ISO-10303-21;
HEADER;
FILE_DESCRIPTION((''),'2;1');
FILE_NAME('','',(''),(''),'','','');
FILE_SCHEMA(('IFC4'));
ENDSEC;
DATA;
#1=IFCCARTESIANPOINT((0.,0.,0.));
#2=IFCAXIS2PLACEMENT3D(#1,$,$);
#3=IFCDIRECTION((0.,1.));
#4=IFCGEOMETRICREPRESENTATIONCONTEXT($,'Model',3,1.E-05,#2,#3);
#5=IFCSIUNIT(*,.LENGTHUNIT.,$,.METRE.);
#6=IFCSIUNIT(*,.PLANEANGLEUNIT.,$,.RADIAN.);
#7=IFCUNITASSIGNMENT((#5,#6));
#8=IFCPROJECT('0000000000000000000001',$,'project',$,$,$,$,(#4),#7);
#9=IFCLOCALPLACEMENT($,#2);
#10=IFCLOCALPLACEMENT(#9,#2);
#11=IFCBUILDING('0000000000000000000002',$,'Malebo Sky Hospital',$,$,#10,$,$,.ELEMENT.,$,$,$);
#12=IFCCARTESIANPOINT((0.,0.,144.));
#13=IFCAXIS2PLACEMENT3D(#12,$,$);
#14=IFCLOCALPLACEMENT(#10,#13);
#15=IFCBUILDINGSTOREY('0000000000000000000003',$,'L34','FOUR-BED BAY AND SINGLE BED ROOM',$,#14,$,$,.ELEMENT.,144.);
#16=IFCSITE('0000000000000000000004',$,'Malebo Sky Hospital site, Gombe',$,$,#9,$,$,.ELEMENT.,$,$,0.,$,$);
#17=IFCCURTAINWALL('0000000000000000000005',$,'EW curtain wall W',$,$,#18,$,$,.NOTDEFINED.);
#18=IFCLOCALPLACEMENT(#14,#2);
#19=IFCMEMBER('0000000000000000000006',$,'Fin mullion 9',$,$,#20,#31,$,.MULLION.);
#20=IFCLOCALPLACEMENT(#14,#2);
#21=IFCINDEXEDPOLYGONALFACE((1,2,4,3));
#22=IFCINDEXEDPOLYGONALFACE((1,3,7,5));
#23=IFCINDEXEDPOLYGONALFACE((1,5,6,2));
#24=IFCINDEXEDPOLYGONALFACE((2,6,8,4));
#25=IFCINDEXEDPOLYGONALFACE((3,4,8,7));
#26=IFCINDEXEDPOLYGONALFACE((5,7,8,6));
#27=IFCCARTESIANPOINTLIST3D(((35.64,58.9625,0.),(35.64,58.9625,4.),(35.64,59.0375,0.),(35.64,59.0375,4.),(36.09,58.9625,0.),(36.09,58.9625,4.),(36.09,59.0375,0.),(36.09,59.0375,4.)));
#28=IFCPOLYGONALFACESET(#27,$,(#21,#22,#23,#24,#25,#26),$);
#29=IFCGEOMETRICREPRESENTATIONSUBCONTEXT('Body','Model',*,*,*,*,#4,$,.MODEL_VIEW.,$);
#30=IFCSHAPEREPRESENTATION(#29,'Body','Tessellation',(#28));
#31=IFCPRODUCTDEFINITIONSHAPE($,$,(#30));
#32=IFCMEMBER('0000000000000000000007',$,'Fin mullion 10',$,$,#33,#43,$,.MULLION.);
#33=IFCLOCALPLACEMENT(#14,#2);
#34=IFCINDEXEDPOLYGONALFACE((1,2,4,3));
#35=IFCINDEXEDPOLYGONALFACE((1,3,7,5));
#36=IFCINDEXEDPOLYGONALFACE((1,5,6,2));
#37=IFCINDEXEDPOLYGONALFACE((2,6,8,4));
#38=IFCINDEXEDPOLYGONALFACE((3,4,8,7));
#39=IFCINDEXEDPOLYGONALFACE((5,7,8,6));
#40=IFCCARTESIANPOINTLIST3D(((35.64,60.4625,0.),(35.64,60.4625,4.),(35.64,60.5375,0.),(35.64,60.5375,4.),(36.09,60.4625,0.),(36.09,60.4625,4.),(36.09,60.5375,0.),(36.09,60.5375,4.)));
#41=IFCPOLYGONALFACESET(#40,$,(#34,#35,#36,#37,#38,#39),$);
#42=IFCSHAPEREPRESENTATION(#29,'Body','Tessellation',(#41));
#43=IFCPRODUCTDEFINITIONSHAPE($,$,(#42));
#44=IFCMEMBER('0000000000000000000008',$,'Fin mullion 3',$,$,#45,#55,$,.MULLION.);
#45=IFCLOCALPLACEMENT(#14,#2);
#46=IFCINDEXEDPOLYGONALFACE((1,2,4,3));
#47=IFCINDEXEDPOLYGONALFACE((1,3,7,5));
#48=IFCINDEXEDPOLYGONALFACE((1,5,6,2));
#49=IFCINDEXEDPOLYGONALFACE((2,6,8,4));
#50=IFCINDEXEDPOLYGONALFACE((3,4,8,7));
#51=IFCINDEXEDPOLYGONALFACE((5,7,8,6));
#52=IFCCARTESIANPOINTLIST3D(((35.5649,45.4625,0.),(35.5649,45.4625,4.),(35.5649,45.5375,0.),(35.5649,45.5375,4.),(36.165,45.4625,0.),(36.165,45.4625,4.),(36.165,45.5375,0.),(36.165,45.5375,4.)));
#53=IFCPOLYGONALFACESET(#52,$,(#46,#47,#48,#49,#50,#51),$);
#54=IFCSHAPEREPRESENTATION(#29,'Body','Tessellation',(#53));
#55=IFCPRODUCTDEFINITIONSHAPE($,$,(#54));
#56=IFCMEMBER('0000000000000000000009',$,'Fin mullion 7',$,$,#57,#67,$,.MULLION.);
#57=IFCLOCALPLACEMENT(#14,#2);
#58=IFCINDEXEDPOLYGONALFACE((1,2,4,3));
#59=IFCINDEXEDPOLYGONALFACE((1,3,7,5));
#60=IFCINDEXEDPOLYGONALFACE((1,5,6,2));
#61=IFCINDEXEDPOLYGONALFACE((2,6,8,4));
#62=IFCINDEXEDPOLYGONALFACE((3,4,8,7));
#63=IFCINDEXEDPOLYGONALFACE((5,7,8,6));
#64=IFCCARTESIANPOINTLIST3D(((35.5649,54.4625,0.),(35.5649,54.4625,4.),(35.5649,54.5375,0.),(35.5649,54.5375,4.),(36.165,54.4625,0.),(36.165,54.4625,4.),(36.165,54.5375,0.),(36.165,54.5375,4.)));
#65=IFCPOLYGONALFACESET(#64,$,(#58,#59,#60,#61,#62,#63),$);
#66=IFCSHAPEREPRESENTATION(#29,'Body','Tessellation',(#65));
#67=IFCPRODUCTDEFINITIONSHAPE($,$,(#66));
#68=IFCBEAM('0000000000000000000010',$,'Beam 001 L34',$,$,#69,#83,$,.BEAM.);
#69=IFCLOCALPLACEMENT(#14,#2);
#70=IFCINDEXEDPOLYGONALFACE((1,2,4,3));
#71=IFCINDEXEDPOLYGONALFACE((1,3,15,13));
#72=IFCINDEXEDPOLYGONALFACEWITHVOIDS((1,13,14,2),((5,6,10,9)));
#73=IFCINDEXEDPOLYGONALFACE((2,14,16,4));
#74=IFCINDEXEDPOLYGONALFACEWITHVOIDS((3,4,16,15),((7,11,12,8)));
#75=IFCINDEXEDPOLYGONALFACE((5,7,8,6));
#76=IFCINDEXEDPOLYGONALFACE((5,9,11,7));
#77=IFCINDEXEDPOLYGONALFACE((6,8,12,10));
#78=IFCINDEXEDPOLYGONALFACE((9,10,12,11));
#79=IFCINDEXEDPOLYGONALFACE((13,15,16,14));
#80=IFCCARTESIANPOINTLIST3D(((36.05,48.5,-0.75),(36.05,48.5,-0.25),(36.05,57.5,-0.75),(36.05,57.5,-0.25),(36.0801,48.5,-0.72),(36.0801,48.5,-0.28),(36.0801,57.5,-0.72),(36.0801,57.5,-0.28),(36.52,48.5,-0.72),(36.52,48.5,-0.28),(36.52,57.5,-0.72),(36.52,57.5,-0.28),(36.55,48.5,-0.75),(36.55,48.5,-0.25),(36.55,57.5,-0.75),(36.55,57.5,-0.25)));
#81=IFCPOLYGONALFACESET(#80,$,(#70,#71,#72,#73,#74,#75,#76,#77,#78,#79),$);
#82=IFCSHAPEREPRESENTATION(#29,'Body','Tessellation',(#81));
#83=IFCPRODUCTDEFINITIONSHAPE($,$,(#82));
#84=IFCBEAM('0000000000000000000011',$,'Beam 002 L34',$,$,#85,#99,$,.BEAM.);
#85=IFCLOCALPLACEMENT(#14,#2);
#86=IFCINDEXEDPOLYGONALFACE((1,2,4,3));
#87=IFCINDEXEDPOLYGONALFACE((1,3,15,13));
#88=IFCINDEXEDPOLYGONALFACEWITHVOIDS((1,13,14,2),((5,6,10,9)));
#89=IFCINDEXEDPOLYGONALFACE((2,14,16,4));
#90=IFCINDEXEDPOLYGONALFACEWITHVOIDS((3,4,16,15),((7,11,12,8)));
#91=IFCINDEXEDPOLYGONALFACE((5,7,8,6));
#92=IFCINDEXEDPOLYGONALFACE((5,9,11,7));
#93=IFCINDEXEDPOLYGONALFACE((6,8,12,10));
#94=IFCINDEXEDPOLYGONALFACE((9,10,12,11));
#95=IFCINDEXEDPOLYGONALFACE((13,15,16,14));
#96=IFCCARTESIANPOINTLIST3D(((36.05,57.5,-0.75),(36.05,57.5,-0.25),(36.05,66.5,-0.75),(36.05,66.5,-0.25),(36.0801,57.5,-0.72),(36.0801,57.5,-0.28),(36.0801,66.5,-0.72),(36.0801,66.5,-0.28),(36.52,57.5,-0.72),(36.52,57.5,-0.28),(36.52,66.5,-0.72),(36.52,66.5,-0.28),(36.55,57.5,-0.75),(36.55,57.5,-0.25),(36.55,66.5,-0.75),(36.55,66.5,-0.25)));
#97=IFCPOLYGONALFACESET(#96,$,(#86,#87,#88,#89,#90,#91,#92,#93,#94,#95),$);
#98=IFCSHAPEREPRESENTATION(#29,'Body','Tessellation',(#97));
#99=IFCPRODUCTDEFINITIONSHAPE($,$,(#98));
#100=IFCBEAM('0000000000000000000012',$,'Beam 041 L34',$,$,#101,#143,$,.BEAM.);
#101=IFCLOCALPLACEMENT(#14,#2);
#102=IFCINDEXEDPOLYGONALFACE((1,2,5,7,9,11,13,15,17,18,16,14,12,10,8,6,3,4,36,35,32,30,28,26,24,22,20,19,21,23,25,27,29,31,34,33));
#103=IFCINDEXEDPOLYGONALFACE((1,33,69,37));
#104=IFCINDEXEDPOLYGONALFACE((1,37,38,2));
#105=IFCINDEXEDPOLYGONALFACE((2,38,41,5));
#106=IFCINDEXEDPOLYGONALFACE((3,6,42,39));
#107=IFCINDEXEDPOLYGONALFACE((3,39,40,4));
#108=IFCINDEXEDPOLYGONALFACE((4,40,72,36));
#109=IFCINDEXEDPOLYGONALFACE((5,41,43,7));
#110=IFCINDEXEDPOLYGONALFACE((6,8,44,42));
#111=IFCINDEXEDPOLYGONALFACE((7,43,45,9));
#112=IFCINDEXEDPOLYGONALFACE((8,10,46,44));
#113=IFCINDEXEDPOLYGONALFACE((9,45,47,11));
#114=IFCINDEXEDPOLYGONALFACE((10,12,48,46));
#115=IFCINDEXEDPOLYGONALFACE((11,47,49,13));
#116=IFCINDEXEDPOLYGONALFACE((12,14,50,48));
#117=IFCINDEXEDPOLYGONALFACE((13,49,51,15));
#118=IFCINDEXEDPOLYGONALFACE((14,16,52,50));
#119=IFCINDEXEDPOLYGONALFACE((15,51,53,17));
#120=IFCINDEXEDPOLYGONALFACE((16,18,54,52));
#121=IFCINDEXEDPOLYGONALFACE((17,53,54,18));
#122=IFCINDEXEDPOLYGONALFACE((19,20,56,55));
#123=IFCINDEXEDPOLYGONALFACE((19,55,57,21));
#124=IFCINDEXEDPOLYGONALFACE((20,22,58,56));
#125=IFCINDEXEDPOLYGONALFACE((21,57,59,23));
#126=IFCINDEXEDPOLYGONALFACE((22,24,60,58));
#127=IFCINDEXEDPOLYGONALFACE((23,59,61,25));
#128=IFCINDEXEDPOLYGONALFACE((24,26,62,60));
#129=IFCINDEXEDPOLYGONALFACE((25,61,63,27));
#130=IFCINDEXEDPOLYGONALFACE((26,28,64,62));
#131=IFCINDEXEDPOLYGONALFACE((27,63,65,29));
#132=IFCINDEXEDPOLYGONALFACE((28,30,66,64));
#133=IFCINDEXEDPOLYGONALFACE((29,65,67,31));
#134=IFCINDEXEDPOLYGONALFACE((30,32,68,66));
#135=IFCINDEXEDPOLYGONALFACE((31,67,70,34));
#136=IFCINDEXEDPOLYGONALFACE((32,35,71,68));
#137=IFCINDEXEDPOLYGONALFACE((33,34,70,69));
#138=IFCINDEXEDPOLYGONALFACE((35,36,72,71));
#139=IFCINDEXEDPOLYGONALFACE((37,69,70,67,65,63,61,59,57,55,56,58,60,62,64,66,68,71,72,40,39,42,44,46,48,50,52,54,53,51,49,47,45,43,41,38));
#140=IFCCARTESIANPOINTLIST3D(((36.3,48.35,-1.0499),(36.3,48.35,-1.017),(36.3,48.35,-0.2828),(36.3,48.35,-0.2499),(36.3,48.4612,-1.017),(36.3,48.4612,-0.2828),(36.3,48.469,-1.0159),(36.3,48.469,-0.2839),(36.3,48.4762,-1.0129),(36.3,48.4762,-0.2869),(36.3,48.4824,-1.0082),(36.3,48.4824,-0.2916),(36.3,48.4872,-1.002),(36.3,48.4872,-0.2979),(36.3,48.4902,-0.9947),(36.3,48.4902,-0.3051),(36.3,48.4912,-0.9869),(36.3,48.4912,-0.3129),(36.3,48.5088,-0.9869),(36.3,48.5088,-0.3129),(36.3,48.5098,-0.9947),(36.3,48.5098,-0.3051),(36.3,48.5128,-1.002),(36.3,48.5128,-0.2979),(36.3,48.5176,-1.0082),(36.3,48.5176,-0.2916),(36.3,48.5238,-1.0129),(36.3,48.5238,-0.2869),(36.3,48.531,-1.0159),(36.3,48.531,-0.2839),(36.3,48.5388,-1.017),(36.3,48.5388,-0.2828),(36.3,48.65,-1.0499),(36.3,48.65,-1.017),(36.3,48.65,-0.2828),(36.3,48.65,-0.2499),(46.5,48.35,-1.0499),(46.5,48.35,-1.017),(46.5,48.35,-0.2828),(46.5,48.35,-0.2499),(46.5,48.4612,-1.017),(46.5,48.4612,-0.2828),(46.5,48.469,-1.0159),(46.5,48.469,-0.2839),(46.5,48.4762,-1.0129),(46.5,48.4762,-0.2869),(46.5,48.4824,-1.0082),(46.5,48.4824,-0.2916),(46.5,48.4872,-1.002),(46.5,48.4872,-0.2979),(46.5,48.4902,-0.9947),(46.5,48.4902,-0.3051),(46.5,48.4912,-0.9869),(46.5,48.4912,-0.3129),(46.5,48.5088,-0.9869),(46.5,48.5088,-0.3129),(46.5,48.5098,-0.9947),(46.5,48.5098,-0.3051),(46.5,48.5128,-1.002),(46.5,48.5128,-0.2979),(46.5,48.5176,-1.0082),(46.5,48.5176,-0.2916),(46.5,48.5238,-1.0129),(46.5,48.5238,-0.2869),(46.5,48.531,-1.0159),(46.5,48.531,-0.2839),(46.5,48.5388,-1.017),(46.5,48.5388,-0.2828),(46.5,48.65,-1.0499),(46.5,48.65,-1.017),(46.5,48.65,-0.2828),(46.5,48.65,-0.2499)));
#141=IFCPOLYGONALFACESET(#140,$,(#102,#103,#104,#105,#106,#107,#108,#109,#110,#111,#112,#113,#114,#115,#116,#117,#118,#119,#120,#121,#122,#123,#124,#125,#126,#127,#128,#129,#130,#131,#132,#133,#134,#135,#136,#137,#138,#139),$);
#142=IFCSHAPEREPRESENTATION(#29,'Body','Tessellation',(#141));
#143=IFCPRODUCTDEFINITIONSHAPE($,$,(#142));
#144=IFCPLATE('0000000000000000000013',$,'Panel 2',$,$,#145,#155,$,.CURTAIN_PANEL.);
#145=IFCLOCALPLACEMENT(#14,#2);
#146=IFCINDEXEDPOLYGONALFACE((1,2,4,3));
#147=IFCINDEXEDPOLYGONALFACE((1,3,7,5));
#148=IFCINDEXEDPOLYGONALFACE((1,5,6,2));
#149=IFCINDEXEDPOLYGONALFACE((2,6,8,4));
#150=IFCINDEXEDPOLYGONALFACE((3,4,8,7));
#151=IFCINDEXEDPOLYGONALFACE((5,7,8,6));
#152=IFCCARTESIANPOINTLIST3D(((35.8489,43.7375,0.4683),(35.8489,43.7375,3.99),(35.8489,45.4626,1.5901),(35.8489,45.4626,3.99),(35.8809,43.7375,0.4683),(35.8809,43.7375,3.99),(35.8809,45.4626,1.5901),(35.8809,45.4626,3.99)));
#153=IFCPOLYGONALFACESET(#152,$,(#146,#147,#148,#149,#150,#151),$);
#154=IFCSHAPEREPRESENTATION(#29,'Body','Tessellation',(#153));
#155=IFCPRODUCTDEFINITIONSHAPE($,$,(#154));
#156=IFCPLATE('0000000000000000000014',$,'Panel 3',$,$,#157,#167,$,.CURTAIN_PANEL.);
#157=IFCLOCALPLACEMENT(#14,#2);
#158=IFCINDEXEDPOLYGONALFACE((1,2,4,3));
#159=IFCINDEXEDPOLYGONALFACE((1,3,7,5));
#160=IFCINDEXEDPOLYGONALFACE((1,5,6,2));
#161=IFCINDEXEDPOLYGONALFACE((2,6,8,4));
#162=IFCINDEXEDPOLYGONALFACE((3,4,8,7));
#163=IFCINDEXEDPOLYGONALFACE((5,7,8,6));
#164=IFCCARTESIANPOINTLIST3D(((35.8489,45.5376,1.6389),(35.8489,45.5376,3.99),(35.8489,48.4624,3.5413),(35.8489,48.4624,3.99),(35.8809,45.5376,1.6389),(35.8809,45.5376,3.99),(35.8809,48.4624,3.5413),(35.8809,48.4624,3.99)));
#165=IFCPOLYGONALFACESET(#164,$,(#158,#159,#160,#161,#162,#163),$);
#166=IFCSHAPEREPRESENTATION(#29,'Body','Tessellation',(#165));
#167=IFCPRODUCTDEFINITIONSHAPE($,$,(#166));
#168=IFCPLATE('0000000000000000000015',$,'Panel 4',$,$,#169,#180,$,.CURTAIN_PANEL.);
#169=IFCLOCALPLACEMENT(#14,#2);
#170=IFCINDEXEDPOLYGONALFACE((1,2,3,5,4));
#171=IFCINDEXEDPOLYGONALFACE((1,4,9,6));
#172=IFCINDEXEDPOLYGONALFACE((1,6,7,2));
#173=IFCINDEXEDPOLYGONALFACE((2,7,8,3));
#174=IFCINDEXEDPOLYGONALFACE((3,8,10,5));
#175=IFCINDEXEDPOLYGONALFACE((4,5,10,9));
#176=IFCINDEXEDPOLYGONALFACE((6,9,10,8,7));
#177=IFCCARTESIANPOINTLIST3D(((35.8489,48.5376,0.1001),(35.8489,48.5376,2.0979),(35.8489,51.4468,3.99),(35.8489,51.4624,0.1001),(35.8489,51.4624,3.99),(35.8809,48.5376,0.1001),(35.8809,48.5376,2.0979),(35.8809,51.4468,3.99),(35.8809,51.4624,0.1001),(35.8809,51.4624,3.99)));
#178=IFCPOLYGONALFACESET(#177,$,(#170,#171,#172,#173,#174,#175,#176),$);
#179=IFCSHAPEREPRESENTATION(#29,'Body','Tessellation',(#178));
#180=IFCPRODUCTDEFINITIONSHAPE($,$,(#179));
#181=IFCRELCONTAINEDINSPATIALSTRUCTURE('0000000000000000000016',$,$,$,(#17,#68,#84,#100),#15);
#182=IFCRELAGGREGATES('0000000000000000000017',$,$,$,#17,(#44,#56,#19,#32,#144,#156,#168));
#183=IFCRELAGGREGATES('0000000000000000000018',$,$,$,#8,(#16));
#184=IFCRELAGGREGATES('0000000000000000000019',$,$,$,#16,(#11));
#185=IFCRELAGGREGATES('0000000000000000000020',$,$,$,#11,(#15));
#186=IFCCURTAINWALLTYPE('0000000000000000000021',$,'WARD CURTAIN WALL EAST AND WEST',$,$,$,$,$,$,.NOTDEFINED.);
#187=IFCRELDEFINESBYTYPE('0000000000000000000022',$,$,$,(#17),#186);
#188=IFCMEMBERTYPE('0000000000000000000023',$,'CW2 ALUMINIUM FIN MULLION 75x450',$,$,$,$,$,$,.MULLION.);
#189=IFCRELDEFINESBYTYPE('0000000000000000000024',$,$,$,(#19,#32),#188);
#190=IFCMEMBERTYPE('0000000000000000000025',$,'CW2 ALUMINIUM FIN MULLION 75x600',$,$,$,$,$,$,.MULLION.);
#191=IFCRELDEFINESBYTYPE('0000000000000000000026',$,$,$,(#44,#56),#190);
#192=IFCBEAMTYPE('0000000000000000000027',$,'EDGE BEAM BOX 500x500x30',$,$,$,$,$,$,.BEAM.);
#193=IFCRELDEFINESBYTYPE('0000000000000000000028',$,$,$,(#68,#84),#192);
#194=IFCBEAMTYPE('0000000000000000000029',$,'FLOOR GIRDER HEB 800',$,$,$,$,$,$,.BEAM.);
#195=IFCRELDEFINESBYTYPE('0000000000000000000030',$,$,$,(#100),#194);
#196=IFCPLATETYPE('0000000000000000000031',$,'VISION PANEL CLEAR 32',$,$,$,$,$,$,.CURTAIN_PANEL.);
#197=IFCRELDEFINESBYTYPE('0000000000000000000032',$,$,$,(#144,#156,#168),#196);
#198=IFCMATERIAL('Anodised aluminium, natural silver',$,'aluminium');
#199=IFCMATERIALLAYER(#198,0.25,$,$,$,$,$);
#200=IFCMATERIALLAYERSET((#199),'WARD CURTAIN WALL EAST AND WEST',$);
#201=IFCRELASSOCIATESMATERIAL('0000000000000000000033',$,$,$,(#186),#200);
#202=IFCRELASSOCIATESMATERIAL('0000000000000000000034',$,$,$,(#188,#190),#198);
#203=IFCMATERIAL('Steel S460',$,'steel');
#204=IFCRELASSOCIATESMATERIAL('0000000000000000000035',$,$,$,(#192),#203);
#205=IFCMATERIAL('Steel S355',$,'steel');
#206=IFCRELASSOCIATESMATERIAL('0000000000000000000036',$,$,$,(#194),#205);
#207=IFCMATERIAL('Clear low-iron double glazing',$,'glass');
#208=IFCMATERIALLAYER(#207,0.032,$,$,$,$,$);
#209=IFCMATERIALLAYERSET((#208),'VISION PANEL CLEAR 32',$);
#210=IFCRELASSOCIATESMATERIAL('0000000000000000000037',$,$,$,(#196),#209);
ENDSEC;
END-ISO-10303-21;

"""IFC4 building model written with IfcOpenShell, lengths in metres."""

from ifc_helpers import new_model, si_unit, direction, frame, origin, origin_2d, place, context, subcontext, project, spatial, polyline, rectangle, hollow_rectangle, i_section, outline, extrude, material, layer, layer_set, material_profile, profile_set, type_object, element, aggregate, save


model = new_model("IFC4")

# Units and contexts
model_context = context("Model", 3, precision=1e-05, world=origin(), true_north=direction((0.0, 1.0)))
body_context = subcontext(model_context, "Body", "Model", "MODEL_VIEW")
ifc_project = project(units=[si_unit("LENGTHUNIT", "METRE"), si_unit("PLANEANGLEUNIT", "RADIAN")], contexts=[model_context])

# Site, building, storey
site_placement = place(None, origin())
site = spatial("IfcSite", under=ifc_project, at=site_placement, Name="Malebo Sky Hospital site, Gombe", CompositionType="ELEMENT", RefElevation=0.0)
building_placement = place(site_placement, origin())
building = spatial("IfcBuilding", under=site, at=building_placement, Name="Malebo Sky Hospital", CompositionType="ELEMENT")
storey_placement = place(building_placement, frame((0.0, 0.0, 144.0)))
storey = spatial("IfcBuildingStorey", under=building, at=storey_placement, Name="L34", Description="FOUR-BED BAY AND SINGLE BED ROOM", CompositionType="ELEMENT", Elevation=144.0)

# Shared definitions
ifc_material_1 = material(Name="Steel S460", Category="steel")

# Curtain wall, members
ifc_material_2 = material(Name="Anodised aluminium, natural silver", Category="aluminium")
ifc_layer_1 = layer(ifc_material_2, 0.25)
ifc_layer_set_1 = layer_set([ifc_layer_1], Name="WARD CURTAIN WALL EAST AND WEST")
curtain_wall_type = type_object("IfcCurtainWallType", Name="WARD CURTAIN WALL EAST AND WEST", PredefinedType="NOTDEFINED", material=ifc_layer_set_1)
curtain_wall_placement = place(storey_placement, origin())
curtain_wall = element("IfcCurtainWall", 1, at=curtain_wall_placement, inside=storey, type_object=curtain_wall_type, Name="EW curtain wall W", PredefinedType="NOTDEFINED")
ifc_material_profile_1 = material_profile(ifc_material_2, rectangle(XDim=0.075, YDim=0.45, at=origin_2d()), Name="CW2 ALUMINIUM FIN MULLION 75x450")
ifc_profile_set_1 = profile_set([ifc_material_profile_1], Name="Anodised aluminium, natural silver")
member_type_1 = type_object("IfcMemberType", Name="CW2 ALUMINIUM FIN MULLION 75x450", PredefinedType="MULLION", material=ifc_profile_set_1)
member_1_placement = place(storey_placement, frame((35.865, 59.0, 0.0), z_axis=(0.0, 0.0, 1.0), x_axis=(0.0, 1.0, 0.0)))
member_1 = element("IfcMember", 2, at=member_1_placement, type_object=member_type_1, Name="Fin mullion 9", PredefinedType="MULLION", context=body_context, shape_type="SweptSolid", body=[
    extrude(rectangle(XDim=0.075, YDim=0.45, at=origin_2d()), origin(), (0.0, 0.0, 1.0), 4.0),
])
member_2_placement = place(storey_placement, frame((35.865, 60.5, 0.0), z_axis=(0.0, 0.0, 1.0), x_axis=(0.0, 1.0, 0.0)))
member_2 = element("IfcMember", 3, at=member_2_placement, type_object=member_type_1, Name="Fin mullion 10", PredefinedType="MULLION", context=body_context, shape_type="SweptSolid", body=[
    extrude(rectangle(XDim=0.075, YDim=0.45, at=origin_2d()), origin(), (0.0, 0.0, 1.0), 4.0),
])
ifc_material_profile_2 = material_profile(ifc_material_2, rectangle(XDim=0.075, YDim=0.6001, at=origin_2d()), Name="CW2 ALUMINIUM FIN MULLION 75x600")
ifc_profile_set_2 = profile_set([ifc_material_profile_2], Name="Anodised aluminium, natural silver")
member_type_2 = type_object("IfcMemberType", Name="CW2 ALUMINIUM FIN MULLION 75x600", PredefinedType="MULLION", material=ifc_profile_set_2)
member_3_placement = place(storey_placement, frame((35.865, 45.5, 0.0), z_axis=(0.0, 0.0, 1.0), x_axis=(0.0, 1.0, 0.0)))
member_3 = element("IfcMember", 4, at=member_3_placement, type_object=member_type_2, Name="Fin mullion 3", PredefinedType="MULLION", context=body_context, shape_type="SweptSolid", body=[
    extrude(rectangle(XDim=0.075, YDim=0.6001, at=origin_2d()), origin(), (0.0, 0.0, 1.0), 4.0),
])
member_4_placement = place(storey_placement, frame((35.865, 54.5, 0.0), z_axis=(0.0, 0.0, 1.0), x_axis=(0.0, 1.0, 0.0)))
member_4 = element("IfcMember", 5, at=member_4_placement, type_object=member_type_2, Name="Fin mullion 7", PredefinedType="MULLION", context=body_context, shape_type="SweptSolid", body=[
    extrude(rectangle(XDim=0.075, YDim=0.6001, at=origin_2d()), origin(), (0.0, 0.0, 1.0), 4.0),
])

# Beams
ifc_material_profile_3 = material_profile(ifc_material_1, hollow_rectangle(XDim=0.5, YDim=0.5, WallThickness=0.03, at=origin_2d()), Name="BOX 500x500x30")
ifc_profile_set_3 = profile_set([ifc_material_profile_3], Name="Steel S460")
beam_type_1 = type_object("IfcBeamType", Name="EDGE BEAM BOX 500x500x30", PredefinedType="BEAM", material=ifc_profile_set_3)
for number, where, z_axis, x_axis, name in (
    (6, (36.3, 48.5, -0.5), (0.0, 1.0, 0.0), (-1.0, 0.0, 0.0), "Beam 001 L34"),
    (7, (36.3, 57.5, -0.5), (0.0, 1.0, 0.0), (-1.0, 0.0, 0.0), "Beam 002 L34"),
):
    element("IfcBeam", number, at=place(storey_placement, frame(where, z_axis=z_axis, x_axis=x_axis)), inside=storey, type_object=beam_type_1, Name=name, PredefinedType="BEAM", context=body_context, shape_type="SweptSolid", body=[
        extrude(hollow_rectangle(XDim=0.5, YDim=0.5, WallThickness=0.03, at=origin_2d()), origin(), (0.0, 0.0, 1.0), 9.0),
    ])
ifc_material_3 = material(Name="Steel S355", Category="steel")
ifc_material_profile_4 = material_profile(ifc_material_3, i_section(OverallWidth=0.3, OverallDepth=0.8, WebThickness=0.0176, FlangeThickness=0.033, FilletRadius=0.03, at=origin_2d()), Name="HEB 800")
ifc_profile_set_4 = profile_set([ifc_material_profile_4], Name="Steel S355")
beam_type_2 = type_object("IfcBeamType", Name="FLOOR GIRDER HEB 800", PredefinedType="BEAM", material=ifc_profile_set_4)
beam_placement = place(storey_placement, frame((36.3, 48.5, -0.6499), z_axis=(1.0, 0.0, 0.0), x_axis=(0.0, 1.0, 0.0)))
element("IfcBeam", 8, at=beam_placement, inside=storey, type_object=beam_type_2, Name="Beam 041 L34", PredefinedType="BEAM", context=body_context, shape_type="SweptSolid", body=[
    extrude(i_section(OverallWidth=0.3, OverallDepth=0.8, WebThickness=0.0176, FlangeThickness=0.033, FilletRadius=0.03, at=origin_2d()), origin(), (0.0, 0.0, 1.0), 10.2),
])

# Plates
ifc_material_4 = material(Name="Clear low-iron double glazing", Category="glass")
ifc_layer_2 = layer(ifc_material_4, 0.032)
ifc_layer_set_2 = layer_set([ifc_layer_2], Name="VISION PANEL CLEAR 32")
plate_type = type_object("IfcPlateType", Name="VISION PANEL CLEAR 32", PredefinedType="CURTAIN_PANEL", material=ifc_layer_set_2)
plate_1_placement = place(storey_placement, frame((35.865, 44.6001, 0.4683), z_axis=(0.0, 0.0, 1.0), x_axis=(0.0, 1.0, 0.0)))
plate_1 = element("IfcPlate", 9, at=plate_1_placement, type_object=plate_type, Name="Panel 2", PredefinedType="CURTAIN_PANEL", context=body_context, shape_type="SweptSolid", body=[
    extrude(outline(polyline([(-0.8625, 0.0), (0.8625, 1.1218), (0.8625, 3.5217), (-0.8625, 3.5217), (-0.8625, 0.0)])), frame((0.0, 0.0161, 0.0), z_axis=(0.0, -1.0, 0.0), x_axis=(1.0, 0.0, 0.0)), (0.0, 0.0, 1.0), 0.032),
])
plate_2_placement = place(storey_placement, frame((35.865, 47.0, 1.6389), z_axis=(0.0, 0.0, 1.0), x_axis=(0.0, 1.0, 0.0)))
plate_2 = element("IfcPlate", 10, at=plate_2_placement, type_object=plate_type, Name="Panel 3", PredefinedType="CURTAIN_PANEL", context=body_context, shape_type="SweptSolid", body=[
    extrude(outline(polyline([(-1.4624, 0.0), (1.4624, 1.9023), (1.4624, 2.3511), (-1.4624, 2.3511), (-1.4624, 0.0)])), frame((0.0, 0.0161, 0.0), z_axis=(0.0, -1.0, 0.0), x_axis=(1.0, 0.0, 0.0)), (0.0, 0.0, 1.0), 0.032),
])
plate_3_placement = place(storey_placement, frame((35.865, 50.0, 0.1001), z_axis=(0.0, 0.0, 1.0), x_axis=(0.0, 1.0, 0.0)))
plate_3 = element("IfcPlate", 11, at=plate_3_placement, type_object=plate_type, Name="Panel 4", PredefinedType="CURTAIN_PANEL", context=body_context, shape_type="SweptSolid", body=[
    extrude(outline(polyline([(-1.4624, 0.0), (1.4624, 0.0), (1.4624, 3.8899), (1.4468, 3.8899), (-1.4624, 1.9978), (-1.4624, 0.0)])), frame((0.0, 0.0161, 0.0), z_axis=(0.0, -1.0, 0.0), x_axis=(1.0, 0.0, 0.0)), (0.0, 0.0, 1.0), 0.032),
])
aggregate(curtain_wall, [member_3, member_4, member_1, member_2, plate_1, plate_2, plate_3])

save(model, "model.ifc")
